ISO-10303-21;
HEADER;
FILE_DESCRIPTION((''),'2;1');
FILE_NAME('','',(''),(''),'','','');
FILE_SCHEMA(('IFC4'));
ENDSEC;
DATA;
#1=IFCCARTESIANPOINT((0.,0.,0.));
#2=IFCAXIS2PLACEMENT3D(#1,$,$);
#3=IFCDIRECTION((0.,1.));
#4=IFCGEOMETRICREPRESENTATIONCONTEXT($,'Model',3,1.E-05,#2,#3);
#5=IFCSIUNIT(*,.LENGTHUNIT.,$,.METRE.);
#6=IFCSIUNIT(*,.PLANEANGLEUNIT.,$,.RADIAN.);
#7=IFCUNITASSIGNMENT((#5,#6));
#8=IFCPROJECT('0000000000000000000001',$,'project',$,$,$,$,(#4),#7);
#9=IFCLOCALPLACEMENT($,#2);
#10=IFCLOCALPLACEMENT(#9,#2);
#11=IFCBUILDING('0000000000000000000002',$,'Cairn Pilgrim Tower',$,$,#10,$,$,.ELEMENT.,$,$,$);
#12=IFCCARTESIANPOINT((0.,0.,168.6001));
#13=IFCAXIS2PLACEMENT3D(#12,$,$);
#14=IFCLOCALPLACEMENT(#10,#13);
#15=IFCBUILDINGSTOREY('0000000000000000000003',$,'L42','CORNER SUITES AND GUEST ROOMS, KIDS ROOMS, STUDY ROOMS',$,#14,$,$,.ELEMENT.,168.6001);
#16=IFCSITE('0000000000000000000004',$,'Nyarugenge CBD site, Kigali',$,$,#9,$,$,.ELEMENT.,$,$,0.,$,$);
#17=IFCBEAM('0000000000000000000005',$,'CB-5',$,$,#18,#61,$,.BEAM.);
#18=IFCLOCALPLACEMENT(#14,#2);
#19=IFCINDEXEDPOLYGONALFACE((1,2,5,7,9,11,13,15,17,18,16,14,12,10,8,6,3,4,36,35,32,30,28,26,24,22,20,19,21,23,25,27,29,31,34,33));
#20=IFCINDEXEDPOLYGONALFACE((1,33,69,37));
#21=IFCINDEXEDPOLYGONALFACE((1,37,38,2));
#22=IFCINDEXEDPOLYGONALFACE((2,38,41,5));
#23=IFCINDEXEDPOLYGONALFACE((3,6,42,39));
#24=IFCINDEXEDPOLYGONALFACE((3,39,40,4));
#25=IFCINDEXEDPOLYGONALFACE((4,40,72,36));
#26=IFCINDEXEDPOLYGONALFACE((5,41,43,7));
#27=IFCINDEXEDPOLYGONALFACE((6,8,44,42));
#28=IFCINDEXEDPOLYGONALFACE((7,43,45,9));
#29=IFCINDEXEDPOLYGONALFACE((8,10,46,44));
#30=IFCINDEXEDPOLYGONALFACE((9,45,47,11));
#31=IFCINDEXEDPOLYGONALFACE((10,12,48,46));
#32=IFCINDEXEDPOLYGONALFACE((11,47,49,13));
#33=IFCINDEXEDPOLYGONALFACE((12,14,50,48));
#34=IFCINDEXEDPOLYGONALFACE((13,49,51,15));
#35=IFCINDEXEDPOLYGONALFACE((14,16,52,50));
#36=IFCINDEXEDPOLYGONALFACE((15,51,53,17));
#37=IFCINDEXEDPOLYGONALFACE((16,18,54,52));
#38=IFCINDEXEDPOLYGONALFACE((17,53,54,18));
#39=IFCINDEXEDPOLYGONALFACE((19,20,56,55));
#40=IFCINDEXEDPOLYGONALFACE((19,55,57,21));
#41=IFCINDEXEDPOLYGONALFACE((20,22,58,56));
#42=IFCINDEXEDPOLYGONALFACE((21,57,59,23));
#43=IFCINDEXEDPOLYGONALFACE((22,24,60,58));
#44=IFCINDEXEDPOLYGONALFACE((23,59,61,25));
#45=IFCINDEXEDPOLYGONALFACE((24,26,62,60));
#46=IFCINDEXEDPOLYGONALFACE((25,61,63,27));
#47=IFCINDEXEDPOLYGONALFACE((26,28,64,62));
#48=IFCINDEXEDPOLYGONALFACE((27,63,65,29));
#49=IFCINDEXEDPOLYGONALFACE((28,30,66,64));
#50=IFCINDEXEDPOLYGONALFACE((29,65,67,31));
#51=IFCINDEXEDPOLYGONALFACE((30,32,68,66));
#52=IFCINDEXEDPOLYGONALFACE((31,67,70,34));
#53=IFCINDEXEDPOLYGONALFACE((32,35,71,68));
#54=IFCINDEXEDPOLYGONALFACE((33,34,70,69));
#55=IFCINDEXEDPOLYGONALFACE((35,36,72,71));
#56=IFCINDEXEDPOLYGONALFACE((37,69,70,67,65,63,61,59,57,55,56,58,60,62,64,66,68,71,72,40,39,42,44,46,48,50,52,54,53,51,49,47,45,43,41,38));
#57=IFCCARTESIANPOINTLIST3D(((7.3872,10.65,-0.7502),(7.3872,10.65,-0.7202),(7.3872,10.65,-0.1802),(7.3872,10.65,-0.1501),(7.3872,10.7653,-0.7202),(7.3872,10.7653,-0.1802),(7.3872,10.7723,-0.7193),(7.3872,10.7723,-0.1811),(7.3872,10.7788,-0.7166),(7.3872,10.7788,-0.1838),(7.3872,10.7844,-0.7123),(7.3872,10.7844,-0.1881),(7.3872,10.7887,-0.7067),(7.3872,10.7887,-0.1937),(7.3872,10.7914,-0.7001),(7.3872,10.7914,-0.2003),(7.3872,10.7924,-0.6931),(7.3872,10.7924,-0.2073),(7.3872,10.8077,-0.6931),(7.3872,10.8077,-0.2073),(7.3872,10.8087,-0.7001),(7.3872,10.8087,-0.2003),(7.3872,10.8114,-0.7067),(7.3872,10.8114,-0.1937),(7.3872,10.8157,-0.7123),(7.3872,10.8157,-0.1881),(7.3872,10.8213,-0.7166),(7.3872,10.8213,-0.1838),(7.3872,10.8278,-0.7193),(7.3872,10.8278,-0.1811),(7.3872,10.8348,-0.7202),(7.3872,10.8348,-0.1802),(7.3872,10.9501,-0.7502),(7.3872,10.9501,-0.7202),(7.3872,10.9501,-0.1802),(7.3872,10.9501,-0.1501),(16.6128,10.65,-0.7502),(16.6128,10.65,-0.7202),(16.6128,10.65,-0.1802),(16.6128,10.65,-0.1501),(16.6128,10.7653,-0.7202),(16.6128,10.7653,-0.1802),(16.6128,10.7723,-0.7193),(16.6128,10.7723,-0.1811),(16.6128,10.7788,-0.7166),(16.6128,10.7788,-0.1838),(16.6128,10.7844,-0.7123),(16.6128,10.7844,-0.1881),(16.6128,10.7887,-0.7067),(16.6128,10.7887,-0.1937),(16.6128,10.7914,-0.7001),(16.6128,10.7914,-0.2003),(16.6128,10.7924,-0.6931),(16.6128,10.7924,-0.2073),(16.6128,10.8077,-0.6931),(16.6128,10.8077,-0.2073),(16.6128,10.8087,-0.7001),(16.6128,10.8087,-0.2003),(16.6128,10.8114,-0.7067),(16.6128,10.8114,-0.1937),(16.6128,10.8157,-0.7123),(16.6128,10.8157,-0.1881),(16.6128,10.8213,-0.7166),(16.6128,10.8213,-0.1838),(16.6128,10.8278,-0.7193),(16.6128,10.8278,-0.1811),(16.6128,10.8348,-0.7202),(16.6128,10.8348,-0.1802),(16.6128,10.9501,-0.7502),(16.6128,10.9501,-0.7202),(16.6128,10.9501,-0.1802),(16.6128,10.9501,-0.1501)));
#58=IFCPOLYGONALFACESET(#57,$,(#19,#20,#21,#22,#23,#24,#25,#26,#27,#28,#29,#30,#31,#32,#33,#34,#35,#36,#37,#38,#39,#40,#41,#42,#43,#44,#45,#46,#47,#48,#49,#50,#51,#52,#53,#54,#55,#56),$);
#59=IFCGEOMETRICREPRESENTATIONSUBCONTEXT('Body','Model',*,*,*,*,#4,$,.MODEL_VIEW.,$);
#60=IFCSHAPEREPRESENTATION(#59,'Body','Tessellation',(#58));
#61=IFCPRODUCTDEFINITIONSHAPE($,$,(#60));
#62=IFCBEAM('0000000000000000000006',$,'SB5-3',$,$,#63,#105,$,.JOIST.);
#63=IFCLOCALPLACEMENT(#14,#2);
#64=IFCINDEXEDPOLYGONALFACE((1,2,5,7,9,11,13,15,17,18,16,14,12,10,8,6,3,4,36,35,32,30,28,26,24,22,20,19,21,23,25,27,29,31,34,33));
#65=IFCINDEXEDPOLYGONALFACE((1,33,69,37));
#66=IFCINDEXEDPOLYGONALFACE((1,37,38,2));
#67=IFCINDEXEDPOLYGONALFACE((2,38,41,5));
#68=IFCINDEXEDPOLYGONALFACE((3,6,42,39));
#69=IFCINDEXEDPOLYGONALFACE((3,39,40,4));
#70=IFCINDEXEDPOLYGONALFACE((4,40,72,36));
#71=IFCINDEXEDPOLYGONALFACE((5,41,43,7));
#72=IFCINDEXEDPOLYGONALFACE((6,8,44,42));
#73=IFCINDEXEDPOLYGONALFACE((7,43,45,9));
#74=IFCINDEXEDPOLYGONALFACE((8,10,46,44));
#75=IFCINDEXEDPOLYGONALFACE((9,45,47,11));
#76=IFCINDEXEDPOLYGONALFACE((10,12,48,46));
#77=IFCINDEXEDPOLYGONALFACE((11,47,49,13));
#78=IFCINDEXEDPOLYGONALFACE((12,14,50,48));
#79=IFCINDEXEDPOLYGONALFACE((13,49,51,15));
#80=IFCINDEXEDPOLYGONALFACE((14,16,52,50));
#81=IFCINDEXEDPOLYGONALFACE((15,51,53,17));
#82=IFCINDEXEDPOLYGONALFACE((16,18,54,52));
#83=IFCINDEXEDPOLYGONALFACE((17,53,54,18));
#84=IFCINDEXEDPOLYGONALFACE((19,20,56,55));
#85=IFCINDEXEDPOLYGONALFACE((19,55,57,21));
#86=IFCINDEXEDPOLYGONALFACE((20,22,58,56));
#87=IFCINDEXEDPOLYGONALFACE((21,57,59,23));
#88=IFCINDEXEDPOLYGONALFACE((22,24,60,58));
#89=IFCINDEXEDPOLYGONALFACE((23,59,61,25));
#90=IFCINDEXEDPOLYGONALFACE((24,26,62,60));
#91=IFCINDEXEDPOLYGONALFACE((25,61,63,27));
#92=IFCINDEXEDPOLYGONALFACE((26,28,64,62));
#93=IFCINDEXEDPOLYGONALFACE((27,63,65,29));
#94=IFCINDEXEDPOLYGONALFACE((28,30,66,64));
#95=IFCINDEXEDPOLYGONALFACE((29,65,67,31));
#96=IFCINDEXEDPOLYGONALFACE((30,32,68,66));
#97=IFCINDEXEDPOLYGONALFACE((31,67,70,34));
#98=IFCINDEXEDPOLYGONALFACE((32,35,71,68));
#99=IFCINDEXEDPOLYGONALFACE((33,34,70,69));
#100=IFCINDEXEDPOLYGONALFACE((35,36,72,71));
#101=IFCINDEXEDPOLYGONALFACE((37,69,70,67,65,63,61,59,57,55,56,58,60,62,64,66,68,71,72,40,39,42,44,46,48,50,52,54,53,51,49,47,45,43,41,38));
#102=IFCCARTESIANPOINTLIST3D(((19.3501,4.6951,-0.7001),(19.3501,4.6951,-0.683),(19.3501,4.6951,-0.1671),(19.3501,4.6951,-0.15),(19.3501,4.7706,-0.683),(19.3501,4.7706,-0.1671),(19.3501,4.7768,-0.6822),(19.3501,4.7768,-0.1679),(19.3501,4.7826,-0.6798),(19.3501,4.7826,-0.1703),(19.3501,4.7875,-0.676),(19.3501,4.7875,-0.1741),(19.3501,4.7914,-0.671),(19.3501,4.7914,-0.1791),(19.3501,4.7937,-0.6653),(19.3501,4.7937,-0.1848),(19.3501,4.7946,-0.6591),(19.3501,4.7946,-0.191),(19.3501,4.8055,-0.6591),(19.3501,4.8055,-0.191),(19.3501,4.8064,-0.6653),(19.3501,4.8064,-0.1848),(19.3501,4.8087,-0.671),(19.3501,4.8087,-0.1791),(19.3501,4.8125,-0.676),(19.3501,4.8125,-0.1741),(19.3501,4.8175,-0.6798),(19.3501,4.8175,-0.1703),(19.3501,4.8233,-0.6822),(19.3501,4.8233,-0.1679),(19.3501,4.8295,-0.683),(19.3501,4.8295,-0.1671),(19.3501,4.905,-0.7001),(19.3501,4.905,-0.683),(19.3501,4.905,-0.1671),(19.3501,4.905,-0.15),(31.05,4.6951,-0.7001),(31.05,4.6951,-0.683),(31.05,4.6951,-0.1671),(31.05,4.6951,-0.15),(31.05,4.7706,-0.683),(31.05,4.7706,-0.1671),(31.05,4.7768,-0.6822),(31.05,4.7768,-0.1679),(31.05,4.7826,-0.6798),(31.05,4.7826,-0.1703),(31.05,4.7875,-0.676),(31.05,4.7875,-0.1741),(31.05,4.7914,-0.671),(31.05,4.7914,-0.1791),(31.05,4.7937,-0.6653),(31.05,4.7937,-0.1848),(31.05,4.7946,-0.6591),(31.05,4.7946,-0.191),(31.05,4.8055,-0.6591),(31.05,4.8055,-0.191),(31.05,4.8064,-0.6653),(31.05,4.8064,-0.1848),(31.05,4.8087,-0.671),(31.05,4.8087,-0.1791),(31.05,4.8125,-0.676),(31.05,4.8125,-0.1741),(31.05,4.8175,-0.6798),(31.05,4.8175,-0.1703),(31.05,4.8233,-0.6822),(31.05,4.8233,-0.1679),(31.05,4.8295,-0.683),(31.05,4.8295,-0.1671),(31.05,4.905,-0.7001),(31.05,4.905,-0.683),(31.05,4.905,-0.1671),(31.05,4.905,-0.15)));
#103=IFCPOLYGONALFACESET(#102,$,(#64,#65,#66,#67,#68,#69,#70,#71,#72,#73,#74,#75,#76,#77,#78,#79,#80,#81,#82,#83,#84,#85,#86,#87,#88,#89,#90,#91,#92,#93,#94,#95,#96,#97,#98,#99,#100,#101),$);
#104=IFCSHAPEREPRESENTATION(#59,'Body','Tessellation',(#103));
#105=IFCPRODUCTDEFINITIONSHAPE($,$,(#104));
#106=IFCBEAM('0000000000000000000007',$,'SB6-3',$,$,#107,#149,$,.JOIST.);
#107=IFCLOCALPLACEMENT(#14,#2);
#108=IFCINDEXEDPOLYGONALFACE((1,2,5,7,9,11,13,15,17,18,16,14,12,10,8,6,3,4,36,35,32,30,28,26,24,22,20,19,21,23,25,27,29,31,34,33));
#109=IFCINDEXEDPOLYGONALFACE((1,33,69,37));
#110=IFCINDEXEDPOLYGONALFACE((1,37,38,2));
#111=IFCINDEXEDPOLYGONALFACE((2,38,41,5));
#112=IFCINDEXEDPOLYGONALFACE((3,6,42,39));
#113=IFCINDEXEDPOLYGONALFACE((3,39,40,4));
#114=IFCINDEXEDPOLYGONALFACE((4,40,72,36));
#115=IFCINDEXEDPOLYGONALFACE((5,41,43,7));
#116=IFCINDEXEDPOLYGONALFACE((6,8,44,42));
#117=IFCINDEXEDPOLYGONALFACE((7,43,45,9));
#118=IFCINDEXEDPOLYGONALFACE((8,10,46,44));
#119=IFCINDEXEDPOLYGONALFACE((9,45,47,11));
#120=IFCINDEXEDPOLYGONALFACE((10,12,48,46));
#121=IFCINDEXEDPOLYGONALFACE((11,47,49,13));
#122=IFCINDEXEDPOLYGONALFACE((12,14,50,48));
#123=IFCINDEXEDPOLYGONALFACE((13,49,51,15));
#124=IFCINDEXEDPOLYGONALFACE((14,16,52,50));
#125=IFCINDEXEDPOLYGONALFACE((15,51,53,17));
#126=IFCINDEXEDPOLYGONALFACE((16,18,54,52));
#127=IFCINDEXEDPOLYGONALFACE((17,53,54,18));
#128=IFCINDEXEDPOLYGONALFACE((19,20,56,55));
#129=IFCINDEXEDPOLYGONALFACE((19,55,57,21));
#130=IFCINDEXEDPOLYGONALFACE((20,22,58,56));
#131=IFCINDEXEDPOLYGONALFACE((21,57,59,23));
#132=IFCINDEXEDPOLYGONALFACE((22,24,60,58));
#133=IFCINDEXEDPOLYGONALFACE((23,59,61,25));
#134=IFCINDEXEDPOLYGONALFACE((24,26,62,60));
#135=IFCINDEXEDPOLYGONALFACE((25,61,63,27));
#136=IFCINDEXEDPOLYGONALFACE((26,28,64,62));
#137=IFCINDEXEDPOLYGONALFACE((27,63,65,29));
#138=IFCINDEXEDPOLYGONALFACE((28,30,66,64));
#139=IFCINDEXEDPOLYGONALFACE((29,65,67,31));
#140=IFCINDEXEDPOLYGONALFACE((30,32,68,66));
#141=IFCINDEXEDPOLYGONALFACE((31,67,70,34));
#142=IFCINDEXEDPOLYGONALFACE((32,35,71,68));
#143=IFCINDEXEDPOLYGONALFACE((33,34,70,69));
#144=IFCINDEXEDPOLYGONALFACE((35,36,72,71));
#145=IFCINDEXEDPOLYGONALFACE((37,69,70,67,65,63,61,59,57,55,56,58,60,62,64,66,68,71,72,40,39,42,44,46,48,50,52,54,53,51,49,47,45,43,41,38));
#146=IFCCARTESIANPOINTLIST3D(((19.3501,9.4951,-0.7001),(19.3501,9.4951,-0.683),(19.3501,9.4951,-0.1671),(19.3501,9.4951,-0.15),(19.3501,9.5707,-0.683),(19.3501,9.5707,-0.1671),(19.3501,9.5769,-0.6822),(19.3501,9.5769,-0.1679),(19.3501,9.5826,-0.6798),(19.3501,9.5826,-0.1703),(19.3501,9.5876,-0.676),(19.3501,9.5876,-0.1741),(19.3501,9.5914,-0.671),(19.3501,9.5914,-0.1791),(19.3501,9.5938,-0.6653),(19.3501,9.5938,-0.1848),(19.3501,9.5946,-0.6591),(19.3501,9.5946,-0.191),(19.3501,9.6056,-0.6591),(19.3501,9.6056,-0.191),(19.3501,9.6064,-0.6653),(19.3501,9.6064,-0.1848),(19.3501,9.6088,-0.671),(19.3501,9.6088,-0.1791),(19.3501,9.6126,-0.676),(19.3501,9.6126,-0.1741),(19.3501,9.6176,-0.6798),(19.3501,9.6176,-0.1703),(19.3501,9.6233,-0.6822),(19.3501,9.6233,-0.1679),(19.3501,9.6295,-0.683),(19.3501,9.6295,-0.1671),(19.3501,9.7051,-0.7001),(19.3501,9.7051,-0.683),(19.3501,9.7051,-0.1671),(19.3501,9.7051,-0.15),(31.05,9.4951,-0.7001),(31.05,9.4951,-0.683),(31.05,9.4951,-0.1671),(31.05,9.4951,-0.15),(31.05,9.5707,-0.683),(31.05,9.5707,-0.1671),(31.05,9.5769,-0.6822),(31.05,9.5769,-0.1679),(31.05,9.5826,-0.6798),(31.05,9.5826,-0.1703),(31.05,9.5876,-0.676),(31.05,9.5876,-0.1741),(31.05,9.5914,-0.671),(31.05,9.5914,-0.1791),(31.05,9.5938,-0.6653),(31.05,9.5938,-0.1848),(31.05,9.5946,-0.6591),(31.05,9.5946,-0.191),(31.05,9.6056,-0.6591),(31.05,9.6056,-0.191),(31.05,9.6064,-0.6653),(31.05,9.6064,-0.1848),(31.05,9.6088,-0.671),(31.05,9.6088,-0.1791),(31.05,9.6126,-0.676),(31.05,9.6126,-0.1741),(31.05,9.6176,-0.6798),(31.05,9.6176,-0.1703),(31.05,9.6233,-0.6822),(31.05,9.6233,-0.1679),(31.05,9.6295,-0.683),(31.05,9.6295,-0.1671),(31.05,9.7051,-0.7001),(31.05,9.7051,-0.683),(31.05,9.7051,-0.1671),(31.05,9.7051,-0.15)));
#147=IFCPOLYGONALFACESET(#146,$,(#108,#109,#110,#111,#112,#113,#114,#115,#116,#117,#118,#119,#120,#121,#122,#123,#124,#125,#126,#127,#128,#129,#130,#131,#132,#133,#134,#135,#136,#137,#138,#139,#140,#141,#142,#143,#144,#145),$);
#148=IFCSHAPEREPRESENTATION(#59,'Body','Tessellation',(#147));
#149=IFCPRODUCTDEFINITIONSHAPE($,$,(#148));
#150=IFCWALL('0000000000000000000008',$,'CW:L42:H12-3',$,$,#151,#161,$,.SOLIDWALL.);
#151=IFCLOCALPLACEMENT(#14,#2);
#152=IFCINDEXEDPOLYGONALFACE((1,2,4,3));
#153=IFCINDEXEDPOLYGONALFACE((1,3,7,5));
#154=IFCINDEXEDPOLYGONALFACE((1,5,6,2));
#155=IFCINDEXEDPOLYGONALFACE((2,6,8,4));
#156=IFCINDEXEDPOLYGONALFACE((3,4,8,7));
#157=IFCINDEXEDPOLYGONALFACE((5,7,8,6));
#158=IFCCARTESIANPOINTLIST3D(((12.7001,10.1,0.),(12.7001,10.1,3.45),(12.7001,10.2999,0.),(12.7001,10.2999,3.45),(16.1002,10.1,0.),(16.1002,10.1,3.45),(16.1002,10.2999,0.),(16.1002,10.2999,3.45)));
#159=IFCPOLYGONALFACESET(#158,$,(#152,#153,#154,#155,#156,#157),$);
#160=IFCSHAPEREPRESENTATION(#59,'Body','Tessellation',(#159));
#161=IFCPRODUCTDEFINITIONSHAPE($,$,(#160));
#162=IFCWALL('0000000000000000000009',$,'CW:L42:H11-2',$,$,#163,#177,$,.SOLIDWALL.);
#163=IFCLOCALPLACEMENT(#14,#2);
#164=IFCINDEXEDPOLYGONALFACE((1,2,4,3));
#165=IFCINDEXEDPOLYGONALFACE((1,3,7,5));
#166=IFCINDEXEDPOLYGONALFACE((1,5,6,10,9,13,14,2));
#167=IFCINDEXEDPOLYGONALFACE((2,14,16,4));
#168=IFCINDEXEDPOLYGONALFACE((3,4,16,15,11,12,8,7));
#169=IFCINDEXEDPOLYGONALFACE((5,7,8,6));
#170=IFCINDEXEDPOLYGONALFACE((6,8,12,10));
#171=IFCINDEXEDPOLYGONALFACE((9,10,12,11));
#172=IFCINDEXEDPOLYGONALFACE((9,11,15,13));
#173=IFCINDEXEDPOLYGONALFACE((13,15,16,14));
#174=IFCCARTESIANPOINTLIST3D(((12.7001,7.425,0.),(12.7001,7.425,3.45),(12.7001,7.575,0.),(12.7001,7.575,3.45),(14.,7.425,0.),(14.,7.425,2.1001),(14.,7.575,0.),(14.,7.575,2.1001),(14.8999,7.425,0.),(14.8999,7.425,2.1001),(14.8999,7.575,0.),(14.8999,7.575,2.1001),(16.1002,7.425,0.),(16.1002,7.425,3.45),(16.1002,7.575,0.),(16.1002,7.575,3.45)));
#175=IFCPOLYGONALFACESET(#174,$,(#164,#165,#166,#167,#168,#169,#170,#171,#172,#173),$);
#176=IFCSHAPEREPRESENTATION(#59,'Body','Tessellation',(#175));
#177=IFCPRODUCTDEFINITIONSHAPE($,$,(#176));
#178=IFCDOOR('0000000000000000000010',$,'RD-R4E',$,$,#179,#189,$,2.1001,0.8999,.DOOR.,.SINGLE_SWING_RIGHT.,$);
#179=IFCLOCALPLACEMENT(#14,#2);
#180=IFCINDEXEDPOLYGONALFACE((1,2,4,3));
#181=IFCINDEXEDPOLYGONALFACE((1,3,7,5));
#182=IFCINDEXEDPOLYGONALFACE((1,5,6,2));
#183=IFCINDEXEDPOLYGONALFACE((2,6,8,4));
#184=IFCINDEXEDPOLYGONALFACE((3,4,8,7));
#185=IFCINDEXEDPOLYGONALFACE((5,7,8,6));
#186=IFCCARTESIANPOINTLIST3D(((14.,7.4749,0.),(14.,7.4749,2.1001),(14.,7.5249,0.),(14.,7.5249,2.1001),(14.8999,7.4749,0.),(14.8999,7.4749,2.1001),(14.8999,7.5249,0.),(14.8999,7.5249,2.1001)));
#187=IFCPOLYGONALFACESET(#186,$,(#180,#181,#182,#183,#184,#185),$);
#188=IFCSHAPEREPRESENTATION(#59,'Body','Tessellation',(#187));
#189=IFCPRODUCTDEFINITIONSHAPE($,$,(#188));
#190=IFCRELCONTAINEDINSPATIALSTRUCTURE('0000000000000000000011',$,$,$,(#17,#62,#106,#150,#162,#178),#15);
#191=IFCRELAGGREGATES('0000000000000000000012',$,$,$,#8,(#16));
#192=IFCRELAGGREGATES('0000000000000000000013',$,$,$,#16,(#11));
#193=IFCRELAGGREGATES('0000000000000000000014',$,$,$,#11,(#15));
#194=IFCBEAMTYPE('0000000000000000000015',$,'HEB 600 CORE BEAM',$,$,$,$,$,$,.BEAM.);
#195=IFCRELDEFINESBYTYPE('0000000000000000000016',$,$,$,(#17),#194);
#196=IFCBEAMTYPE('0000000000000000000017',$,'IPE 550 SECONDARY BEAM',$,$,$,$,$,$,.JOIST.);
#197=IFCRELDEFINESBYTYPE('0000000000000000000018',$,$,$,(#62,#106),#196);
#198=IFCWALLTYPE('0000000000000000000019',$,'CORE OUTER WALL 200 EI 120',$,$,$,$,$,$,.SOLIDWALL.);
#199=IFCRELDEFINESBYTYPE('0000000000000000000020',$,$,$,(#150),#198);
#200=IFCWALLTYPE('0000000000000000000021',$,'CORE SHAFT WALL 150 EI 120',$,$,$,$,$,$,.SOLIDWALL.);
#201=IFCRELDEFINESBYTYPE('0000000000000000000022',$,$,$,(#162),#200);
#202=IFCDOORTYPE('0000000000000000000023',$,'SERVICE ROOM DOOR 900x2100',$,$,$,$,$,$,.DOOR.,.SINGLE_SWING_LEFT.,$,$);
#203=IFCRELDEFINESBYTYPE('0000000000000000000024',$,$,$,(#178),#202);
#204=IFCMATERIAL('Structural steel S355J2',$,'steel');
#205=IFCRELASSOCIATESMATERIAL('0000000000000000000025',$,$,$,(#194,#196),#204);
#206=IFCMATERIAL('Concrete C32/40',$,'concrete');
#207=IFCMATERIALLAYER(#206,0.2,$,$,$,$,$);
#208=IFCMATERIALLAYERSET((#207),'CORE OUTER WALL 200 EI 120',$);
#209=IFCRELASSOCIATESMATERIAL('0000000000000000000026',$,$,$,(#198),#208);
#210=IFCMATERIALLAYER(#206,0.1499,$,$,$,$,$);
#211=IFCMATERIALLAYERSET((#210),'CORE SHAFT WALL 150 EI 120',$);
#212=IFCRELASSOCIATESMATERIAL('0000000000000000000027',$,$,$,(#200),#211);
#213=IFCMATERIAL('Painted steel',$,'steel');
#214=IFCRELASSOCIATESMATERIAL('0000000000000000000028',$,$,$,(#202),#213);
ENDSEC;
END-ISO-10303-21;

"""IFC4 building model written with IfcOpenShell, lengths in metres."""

from ifc_helpers import new_model, si_unit, direction, frame, frame_2d, origin, origin_2d, place, context, subcontext, project, spatial, rectangle, i_section, extrude, material, layer, layer_set, material_profile, profile_set, type_object, element, fill, save


model = new_model("IFC4")

# Units and contexts
model_context = context("Model", 3, precision=1e-05, world=origin(), true_north=direction((0.0, 1.0)))
body_context = subcontext(model_context, "Body", "Model", "MODEL_VIEW")
ifc_project = project(units=[si_unit("LENGTHUNIT", "METRE"), si_unit("PLANEANGLEUNIT", "RADIAN")], contexts=[model_context])

# Site, building, storey
site_placement = place(None, origin())
site = spatial("IfcSite", under=ifc_project, at=site_placement, Name="Nyarugenge CBD site, Kigali", CompositionType="ELEMENT", RefElevation=0.0)
building_placement = place(site_placement, origin())
building = spatial("IfcBuilding", under=site, at=building_placement, Name="Cairn Pilgrim Tower", CompositionType="ELEMENT")
storey_placement = place(building_placement, frame((0.0, 0.0, 168.6001)))
storey = spatial("IfcBuildingStorey", under=building, at=storey_placement, Name="L42", Description="CORNER SUITES AND GUEST ROOMS, KIDS ROOMS, STUDY ROOMS", CompositionType="ELEMENT", Elevation=168.6001)

# Shared definitions
ifc_material_1 = material(Name="Structural steel S355J2", Category="steel")

# Beams
ifc_material_profile_1 = material_profile(ifc_material_1, i_section(OverallWidth=0.3, OverallDepth=0.6001, WebThickness=0.0154, FlangeThickness=0.03, FilletRadius=0.0271, at=origin_2d()), Name="HEB 600")
ifc_profile_set_1 = profile_set([ifc_material_profile_1], Name="Structural steel S355J2")
beam_type_1 = type_object("IfcBeamType", Name="HEB 600 CORE BEAM", PredefinedType="BEAM", material=ifc_profile_set_1)
beam_placement = place(storey_placement, frame((16.6128, 10.8, -0.4502), z_axis=(-1.0, 0.0, 0.0), x_axis=(0.0, -1.0, 0.0)))
element("IfcBeam", 1, at=beam_placement, inside=storey, type_object=beam_type_1, Name="CB-5", PredefinedType="BEAM", context=body_context, shape_type="SweptSolid", body=[
    extrude(i_section(OverallWidth=0.3, OverallDepth=0.6001, WebThickness=0.0154, FlangeThickness=0.03, FilletRadius=0.0271, at=origin_2d()), origin(), (0.0, 0.0, 1.0), 9.2256),
])
ifc_material_profile_2 = material_profile(ifc_material_1, i_section(OverallWidth=0.21, OverallDepth=0.55, WebThickness=0.011, FlangeThickness=0.0171, FilletRadius=0.0239, at=origin_2d()), Name="IPE 550")
ifc_profile_set_2 = profile_set([ifc_material_profile_2], Name="Structural steel S355J2")
beam_type_2 = type_object("IfcBeamType", Name="IPE 550 SECONDARY BEAM", PredefinedType="JOIST", material=ifc_profile_set_2)
for number, where, z_axis, x_axis, name in (
    (2, (19.3501, 4.8, -0.425), (1.0, 0.0, 0.0), (0.0, 1.0, 0.0), "SB5-3"),
    (3, (19.3501, 9.6001, -0.425), (1.0, 0.0, 0.0), (0.0, 1.0, 0.0), "SB6-3"),
):
    element("IfcBeam", number, at=place(storey_placement, frame(where, z_axis=z_axis, x_axis=x_axis)), inside=storey, type_object=beam_type_2, Name=name, PredefinedType="JOIST", context=body_context, shape_type="SweptSolid", body=[
        extrude(i_section(OverallWidth=0.21, OverallDepth=0.55, WebThickness=0.011, FlangeThickness=0.0171, FilletRadius=0.0239, at=origin_2d()), origin(), (0.0, 0.0, 1.0), 11.7),
    ])

# Wall
ifc_material_2 = material(Name="Concrete C32/40", Category="concrete")
ifc_layer_1 = layer(ifc_material_2, 0.2)
ifc_layer_set_1 = layer_set([ifc_layer_1], Name="CORE OUTER WALL 200 EI 120")
wall_type_1 = type_object("IfcWallType", Name="CORE OUTER WALL 200 EI 120", PredefinedType="SOLIDWALL", material=ifc_layer_set_1)
wall_1_placement = place(storey_placement, frame((12.7, 10.2, 0.0), z_axis=(0.0, 0.0, 1.0), x_axis=(1.0, 0.0, 0.0)))
element("IfcWall", 4, at=wall_1_placement, inside=storey, type_object=wall_type_1, Name="CW:L42:H12-3", PredefinedType="SOLIDWALL", context=body_context, shape_type="SweptSolid", body=[
    extrude(rectangle(XDim=3.4001, YDim=0.2, at=frame_2d((1.7002, 0.0))), origin(), (0.0, 0.0, 1.0), 3.45),
])

# Wall, opening, door
ifc_layer_2 = layer(ifc_material_2, 0.1499)
ifc_layer_set_2 = layer_set([ifc_layer_2], Name="CORE SHAFT WALL 150 EI 120")
wall_type_2 = type_object("IfcWallType", Name="CORE SHAFT WALL 150 EI 120", PredefinedType="SOLIDWALL", material=ifc_layer_set_2)
wall_2_placement = place(storey_placement, frame((12.7, 7.5, 0.0), z_axis=(0.0, 0.0, 1.0), x_axis=(1.0, 0.0, 0.0)))
wall_2 = element("IfcWall", 5, at=wall_2_placement, inside=storey, type_object=wall_type_2, Name="CW:L42:H11-2", PredefinedType="SOLIDWALL", context=body_context, shape_type="SweptSolid", body=[
    extrude(rectangle(XDim=3.4001, YDim=0.1499, at=frame_2d((1.7002, 0.0))), origin(), (0.0, 0.0, 1.0), 3.45),
])
opening_placement = place(wall_2_placement, frame((1.3, 0.0, 0.0)))
opening = element("IfcOpeningElement", 6, at=opening_placement, cuts=wall_2, PredefinedType="OPENING", context=body_context, shape_type="SweptSolid", body=[
    extrude(rectangle(XDim=0.8999, YDim=2.1001, at=frame_2d((0.45, 1.05))), frame((0.0, 0.085, 0.0), z_axis=(0.0, -1.0, 0.0), x_axis=(1.0, 0.0, 0.0)), (0.0, 0.0, 1.0), 0.1699),
])
ifc_material_3 = material(Name="Painted steel", Category="steel")
door_type = type_object("IfcDoorType", Name="SERVICE ROOM DOOR 900x2100", OperationType="SINGLE_SWING_LEFT", PredefinedType="DOOR", material=ifc_material_3)
door_placement = place(opening_placement, origin())
door = element("IfcDoor", 7, at=door_placement, inside=storey, type_object=door_type, Name="RD-R4E", OperationType="SINGLE_SWING_RIGHT", OverallHeight=2.1001, OverallWidth=0.8999, PredefinedType="DOOR", context=body_context, shape_type="SweptSolid", body=[
    extrude(rectangle(XDim=0.8999, YDim=2.1001, at=frame_2d((0.45, 1.05))), frame((0.0, 0.0249, 0.0), z_axis=(0.0, -1.0, 0.0), x_axis=(1.0, 0.0, 0.0)), (0.0, 0.0, 1.0), 0.05),
])
fill(opening, door)

save(model, "model.ifc")
